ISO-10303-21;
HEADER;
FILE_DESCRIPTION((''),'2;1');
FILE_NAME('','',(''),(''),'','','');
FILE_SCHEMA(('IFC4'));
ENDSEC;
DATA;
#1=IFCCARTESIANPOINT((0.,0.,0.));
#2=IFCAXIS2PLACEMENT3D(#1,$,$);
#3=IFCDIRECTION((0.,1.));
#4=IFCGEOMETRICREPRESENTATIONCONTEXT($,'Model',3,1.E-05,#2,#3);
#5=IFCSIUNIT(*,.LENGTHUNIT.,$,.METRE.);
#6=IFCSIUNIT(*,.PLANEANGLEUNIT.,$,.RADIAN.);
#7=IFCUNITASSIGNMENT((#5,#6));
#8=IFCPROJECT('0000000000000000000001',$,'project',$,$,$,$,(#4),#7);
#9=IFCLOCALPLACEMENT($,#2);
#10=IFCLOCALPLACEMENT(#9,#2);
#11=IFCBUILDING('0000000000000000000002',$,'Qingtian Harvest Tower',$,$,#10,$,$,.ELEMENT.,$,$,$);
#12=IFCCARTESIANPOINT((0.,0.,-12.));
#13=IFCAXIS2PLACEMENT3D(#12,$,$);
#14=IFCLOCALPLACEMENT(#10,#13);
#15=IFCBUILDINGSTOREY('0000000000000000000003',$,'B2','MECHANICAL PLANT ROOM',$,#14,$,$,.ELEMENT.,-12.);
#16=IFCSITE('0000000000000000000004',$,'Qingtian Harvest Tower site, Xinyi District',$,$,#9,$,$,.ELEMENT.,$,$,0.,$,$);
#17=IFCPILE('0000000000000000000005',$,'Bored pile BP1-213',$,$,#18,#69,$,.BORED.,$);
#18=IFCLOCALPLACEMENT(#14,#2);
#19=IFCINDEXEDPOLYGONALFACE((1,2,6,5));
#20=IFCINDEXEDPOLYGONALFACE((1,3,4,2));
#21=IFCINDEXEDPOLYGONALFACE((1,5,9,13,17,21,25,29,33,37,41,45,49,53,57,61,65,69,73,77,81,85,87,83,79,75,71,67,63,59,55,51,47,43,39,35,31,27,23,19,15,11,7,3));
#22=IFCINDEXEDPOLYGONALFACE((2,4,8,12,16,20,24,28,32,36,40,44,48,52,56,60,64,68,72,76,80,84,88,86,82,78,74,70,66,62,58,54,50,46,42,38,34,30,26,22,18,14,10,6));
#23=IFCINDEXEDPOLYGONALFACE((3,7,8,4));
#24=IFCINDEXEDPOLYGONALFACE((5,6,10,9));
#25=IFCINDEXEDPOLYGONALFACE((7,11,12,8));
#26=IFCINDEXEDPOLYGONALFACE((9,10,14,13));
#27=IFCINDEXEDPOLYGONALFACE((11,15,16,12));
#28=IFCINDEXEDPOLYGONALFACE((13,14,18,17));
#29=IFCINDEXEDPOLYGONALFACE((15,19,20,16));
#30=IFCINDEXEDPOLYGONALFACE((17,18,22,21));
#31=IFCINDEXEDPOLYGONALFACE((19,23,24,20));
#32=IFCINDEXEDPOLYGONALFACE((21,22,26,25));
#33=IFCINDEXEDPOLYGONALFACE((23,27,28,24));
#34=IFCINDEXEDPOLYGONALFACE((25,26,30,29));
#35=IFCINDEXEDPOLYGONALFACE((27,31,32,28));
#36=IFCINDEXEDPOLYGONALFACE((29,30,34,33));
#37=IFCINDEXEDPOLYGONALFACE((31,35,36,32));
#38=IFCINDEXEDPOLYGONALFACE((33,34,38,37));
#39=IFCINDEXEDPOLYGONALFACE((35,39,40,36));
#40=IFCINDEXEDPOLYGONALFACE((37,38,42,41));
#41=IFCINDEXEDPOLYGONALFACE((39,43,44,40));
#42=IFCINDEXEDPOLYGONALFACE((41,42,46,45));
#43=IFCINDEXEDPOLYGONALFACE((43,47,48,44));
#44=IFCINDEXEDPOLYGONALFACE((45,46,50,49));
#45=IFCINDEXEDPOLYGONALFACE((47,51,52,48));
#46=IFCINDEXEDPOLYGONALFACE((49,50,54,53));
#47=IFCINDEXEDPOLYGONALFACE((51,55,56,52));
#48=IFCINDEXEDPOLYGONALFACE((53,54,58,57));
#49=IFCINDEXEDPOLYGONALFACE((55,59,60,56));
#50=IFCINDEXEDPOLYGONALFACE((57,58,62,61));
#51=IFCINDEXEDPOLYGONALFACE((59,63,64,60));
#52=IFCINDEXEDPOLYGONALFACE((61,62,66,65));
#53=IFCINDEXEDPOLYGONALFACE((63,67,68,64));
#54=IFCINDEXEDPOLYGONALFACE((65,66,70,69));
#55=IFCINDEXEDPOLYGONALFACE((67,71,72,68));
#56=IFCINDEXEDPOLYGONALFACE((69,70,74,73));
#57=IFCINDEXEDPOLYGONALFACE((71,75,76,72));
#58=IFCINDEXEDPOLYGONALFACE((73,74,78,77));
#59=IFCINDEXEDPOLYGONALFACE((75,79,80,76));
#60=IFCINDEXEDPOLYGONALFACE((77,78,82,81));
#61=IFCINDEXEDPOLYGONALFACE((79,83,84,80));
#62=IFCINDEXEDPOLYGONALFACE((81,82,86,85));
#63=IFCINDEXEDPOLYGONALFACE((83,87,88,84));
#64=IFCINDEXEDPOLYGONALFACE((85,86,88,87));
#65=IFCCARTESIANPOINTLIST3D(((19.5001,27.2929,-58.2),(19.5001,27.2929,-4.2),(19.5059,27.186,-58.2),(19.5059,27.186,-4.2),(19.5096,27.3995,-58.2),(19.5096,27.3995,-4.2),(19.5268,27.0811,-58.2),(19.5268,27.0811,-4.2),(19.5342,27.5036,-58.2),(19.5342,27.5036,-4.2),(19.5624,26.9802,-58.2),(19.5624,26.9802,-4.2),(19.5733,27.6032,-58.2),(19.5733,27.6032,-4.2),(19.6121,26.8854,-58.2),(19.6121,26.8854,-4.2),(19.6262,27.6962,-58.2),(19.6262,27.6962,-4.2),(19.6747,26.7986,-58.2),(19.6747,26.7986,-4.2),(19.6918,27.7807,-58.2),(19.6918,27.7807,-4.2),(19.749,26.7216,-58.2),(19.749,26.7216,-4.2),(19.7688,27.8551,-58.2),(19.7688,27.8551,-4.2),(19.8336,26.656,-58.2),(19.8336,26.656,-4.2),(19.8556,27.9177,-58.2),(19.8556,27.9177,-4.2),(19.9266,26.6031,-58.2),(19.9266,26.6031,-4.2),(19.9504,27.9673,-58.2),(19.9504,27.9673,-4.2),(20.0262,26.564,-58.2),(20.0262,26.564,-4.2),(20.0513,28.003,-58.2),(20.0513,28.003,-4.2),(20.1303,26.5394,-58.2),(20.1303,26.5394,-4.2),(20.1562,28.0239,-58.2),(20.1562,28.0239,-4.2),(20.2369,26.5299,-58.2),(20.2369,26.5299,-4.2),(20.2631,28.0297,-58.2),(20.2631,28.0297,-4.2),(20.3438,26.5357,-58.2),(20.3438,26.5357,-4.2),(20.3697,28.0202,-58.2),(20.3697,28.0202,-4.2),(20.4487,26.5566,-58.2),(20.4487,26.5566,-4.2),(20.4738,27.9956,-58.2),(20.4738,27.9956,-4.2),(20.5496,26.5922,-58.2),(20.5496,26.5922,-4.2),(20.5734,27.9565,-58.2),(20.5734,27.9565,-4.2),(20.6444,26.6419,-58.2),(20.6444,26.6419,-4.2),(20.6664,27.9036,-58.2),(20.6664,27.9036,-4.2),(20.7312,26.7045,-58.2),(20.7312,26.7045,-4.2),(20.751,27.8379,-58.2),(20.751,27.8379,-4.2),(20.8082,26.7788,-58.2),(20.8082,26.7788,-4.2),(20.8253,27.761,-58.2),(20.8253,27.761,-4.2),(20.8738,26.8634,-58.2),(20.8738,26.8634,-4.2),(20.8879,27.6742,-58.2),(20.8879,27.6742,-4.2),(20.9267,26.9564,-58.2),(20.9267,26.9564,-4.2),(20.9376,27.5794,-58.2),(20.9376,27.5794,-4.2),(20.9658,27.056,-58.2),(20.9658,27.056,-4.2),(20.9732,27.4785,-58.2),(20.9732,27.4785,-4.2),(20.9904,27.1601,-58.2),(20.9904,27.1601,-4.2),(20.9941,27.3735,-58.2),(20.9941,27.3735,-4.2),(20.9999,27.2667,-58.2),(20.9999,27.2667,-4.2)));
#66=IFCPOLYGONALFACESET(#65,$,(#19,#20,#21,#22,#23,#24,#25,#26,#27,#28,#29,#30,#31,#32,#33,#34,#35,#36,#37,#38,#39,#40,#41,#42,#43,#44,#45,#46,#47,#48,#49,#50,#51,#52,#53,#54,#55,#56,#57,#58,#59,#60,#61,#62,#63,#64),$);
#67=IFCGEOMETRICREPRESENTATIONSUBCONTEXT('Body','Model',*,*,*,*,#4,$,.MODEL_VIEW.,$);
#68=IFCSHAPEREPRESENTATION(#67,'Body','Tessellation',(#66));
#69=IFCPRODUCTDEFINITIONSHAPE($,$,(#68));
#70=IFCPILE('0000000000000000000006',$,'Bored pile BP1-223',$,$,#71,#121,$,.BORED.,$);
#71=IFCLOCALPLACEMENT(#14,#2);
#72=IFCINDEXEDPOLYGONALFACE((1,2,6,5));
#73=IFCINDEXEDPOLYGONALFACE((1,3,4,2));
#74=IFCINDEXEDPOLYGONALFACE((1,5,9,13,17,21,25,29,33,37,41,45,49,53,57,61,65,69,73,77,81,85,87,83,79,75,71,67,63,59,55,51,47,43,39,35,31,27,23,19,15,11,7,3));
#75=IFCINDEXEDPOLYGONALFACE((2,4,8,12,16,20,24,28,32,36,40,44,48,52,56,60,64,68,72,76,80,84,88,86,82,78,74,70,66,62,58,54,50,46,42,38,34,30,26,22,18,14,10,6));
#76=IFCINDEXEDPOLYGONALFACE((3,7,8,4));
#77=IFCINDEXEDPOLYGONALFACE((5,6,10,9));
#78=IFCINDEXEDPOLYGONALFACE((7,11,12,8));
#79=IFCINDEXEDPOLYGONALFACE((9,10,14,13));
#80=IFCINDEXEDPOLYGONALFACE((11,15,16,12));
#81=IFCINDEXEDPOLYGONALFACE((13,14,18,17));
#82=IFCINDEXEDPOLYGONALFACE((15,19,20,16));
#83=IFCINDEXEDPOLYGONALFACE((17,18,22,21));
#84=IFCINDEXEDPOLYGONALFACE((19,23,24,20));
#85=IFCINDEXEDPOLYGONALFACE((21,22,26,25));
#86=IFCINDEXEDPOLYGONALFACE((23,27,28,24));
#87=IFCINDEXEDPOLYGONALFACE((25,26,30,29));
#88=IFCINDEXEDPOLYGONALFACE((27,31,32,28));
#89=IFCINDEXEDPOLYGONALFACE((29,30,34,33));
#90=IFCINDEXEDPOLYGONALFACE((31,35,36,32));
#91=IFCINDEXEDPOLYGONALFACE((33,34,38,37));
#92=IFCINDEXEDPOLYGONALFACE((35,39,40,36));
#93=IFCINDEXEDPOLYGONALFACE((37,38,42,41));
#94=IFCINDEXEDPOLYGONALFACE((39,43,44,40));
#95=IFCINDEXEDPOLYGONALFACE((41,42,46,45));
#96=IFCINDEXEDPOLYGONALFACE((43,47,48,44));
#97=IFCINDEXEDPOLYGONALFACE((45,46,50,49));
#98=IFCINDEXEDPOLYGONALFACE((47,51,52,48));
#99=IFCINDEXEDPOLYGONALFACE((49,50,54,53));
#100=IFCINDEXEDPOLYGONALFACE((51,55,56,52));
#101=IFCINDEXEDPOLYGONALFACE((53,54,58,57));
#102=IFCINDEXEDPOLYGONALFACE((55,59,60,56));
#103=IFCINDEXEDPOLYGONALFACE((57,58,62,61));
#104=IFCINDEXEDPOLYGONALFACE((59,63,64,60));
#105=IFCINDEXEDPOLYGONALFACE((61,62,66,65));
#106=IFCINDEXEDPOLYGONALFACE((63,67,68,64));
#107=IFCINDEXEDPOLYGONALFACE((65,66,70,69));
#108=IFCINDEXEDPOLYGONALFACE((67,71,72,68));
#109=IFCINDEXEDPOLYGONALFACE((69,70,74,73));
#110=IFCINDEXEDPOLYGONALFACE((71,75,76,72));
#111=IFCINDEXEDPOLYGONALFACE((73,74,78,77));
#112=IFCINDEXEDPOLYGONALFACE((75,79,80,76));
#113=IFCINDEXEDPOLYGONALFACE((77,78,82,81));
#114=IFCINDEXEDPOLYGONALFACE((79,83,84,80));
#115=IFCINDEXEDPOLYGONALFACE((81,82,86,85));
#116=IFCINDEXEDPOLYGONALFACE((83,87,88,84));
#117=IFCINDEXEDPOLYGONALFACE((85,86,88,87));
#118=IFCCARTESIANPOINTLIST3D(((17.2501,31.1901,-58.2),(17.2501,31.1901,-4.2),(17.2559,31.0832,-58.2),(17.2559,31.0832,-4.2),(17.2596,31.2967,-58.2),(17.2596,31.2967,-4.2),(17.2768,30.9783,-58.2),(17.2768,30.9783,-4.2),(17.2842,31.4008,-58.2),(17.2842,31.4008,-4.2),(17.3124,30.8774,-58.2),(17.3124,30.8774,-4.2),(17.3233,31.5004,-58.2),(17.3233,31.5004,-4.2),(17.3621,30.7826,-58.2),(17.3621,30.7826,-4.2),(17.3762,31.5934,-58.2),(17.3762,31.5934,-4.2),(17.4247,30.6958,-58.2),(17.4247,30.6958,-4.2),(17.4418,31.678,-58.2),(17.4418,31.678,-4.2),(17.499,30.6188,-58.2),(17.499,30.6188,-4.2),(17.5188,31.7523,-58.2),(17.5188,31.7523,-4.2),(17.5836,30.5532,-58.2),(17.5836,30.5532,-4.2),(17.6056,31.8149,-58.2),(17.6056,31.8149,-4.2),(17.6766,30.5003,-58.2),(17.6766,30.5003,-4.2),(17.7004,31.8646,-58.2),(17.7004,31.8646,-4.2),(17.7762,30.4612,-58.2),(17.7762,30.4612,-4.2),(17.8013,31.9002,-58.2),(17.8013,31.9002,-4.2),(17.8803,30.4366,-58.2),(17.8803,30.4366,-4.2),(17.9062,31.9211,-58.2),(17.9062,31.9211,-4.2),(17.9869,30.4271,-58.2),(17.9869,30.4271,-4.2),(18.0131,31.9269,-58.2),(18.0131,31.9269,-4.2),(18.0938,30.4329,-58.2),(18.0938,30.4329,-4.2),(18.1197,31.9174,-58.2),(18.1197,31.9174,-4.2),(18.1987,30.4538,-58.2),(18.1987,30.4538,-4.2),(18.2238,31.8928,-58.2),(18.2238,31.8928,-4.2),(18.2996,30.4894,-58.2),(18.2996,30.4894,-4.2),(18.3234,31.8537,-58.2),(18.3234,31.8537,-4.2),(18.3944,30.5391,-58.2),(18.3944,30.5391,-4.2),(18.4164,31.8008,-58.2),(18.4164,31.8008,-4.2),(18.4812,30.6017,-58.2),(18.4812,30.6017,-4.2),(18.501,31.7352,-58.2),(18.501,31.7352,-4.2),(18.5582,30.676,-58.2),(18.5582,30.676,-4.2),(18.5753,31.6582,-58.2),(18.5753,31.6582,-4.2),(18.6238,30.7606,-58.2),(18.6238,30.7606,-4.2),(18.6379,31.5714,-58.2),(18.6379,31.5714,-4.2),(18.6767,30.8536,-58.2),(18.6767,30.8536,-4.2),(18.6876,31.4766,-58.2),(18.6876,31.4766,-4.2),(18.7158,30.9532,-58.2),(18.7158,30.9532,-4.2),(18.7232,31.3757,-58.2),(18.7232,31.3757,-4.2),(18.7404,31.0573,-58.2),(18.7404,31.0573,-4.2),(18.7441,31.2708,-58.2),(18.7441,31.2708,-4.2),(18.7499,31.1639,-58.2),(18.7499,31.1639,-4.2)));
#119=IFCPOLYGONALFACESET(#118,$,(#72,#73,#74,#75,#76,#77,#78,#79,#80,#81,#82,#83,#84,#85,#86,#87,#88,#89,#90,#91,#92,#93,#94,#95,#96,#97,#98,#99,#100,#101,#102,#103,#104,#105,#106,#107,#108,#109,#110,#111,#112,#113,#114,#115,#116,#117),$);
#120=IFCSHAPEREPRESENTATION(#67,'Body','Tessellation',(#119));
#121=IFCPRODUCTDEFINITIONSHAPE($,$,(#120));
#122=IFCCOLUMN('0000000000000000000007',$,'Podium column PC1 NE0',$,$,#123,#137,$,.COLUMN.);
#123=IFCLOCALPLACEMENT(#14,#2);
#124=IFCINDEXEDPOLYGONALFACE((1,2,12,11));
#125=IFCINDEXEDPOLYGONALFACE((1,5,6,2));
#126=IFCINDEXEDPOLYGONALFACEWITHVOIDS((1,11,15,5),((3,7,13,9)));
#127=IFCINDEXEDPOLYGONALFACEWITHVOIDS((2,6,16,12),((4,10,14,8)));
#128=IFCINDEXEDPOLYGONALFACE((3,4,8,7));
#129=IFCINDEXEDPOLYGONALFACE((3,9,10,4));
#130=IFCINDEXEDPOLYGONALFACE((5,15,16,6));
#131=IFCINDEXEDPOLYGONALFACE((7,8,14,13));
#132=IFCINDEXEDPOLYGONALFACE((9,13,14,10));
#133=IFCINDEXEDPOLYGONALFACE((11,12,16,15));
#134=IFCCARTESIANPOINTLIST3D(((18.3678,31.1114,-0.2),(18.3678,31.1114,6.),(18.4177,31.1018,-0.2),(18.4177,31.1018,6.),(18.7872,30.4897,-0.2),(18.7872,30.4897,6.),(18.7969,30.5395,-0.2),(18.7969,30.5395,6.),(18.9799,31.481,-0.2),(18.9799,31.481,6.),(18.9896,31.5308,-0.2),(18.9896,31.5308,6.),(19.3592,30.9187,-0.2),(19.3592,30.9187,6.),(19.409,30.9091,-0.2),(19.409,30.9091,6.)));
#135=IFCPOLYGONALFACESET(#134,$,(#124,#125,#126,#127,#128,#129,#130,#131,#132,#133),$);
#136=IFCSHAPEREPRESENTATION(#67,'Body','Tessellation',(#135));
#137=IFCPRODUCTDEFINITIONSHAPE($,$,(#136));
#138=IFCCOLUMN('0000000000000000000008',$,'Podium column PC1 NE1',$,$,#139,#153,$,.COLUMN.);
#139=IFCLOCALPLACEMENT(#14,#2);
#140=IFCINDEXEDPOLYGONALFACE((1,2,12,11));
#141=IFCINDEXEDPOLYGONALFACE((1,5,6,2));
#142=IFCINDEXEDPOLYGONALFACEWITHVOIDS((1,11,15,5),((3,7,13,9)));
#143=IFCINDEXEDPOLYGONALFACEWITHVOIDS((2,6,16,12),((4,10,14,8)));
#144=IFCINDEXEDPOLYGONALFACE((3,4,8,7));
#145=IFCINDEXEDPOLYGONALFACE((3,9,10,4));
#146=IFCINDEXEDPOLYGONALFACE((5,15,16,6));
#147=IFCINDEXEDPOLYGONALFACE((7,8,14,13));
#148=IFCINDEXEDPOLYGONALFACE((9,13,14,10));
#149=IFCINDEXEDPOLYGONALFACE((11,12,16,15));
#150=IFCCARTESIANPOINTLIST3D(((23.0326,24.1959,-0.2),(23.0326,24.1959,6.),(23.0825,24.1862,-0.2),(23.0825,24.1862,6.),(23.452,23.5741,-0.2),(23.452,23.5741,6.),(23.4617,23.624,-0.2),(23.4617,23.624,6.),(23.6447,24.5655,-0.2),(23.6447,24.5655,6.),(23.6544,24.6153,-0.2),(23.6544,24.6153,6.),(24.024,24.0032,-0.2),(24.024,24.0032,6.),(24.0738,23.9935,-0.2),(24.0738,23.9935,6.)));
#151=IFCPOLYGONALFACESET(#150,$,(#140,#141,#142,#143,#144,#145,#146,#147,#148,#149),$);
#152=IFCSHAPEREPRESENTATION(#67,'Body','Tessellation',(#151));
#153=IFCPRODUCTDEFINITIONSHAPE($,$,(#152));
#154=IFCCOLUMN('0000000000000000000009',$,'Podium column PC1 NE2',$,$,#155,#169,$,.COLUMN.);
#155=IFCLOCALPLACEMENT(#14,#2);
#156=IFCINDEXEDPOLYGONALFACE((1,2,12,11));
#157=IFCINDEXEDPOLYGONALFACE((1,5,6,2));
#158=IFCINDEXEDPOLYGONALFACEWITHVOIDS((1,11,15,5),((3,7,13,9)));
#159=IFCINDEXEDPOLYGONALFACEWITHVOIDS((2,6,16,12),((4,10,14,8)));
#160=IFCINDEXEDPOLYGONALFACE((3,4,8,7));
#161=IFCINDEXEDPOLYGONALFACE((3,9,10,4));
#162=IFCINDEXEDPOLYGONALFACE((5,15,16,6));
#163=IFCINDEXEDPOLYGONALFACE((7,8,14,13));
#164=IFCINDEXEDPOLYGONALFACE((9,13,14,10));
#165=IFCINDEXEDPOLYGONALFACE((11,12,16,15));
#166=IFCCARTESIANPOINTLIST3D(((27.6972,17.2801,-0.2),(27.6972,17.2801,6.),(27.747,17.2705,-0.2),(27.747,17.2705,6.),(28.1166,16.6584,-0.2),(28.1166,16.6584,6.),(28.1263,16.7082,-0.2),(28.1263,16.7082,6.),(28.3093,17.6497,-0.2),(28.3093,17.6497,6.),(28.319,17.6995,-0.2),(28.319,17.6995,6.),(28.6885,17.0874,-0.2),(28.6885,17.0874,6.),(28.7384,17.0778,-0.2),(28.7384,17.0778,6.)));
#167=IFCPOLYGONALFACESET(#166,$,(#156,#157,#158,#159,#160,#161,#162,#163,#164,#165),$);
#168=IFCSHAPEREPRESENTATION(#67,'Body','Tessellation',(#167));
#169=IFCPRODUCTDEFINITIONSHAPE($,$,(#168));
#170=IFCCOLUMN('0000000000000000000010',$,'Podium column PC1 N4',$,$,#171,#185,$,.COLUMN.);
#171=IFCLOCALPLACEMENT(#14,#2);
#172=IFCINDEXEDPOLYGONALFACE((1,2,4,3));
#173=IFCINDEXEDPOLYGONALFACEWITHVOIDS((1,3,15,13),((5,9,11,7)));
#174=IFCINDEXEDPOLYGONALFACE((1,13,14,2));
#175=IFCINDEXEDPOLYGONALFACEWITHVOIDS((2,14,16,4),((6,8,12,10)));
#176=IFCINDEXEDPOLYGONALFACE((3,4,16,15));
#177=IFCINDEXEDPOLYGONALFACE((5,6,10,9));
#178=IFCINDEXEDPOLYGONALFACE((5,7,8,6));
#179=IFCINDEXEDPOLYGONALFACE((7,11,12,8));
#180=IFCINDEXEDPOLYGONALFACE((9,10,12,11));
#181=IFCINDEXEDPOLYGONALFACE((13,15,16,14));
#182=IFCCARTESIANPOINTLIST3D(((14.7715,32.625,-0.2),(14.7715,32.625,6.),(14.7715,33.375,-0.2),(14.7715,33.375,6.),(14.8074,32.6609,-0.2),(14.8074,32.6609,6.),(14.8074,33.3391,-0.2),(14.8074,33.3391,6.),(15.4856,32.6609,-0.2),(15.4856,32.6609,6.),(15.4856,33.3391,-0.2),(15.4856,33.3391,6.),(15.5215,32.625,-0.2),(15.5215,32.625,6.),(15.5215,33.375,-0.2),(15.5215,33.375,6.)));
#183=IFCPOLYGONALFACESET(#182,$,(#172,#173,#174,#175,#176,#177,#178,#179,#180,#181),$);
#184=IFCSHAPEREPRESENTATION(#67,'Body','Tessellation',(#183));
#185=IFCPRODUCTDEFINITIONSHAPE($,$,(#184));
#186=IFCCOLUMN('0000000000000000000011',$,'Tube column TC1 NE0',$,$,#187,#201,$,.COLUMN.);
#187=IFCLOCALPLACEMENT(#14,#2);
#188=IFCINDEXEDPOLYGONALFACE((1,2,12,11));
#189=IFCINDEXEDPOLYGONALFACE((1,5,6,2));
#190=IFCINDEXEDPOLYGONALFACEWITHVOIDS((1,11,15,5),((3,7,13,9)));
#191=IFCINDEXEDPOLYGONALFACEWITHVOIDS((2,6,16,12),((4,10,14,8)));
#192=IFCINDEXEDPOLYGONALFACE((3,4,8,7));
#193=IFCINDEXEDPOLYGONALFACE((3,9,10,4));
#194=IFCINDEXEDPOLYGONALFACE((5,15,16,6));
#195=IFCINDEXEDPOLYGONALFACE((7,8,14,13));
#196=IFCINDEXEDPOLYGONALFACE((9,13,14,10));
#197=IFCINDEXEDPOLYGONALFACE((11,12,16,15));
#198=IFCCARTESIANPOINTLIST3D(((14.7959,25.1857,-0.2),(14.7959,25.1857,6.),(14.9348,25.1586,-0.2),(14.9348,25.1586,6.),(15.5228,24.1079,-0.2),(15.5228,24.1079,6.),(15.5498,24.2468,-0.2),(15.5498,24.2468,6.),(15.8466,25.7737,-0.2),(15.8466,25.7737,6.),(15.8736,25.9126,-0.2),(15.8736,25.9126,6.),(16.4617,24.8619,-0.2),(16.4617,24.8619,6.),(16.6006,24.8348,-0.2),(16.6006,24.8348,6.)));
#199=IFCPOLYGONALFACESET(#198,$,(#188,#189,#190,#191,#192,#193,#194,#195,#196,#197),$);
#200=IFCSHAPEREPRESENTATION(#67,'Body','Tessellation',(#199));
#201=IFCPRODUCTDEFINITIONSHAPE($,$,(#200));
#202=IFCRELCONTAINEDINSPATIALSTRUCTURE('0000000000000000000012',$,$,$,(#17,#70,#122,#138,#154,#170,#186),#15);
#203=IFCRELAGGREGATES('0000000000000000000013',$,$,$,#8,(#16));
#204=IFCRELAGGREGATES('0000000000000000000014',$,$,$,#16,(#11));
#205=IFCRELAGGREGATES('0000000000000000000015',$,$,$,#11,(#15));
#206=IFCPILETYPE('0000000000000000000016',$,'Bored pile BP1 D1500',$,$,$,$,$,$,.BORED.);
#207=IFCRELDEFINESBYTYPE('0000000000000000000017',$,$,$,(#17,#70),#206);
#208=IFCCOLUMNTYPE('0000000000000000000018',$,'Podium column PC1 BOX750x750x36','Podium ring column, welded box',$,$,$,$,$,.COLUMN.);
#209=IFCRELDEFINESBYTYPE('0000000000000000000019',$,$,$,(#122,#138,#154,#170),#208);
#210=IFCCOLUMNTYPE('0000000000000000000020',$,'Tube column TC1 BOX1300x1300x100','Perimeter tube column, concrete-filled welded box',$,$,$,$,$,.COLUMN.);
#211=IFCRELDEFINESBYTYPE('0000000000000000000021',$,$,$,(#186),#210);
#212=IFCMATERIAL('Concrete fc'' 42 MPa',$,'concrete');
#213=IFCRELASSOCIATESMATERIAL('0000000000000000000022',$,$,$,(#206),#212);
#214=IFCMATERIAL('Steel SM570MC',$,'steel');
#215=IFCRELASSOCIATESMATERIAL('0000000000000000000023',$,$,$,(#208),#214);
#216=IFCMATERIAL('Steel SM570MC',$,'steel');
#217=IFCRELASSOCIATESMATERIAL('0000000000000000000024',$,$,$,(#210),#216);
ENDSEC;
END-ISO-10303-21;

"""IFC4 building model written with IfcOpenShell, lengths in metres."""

from ifc_helpers import new_model, si_unit, direction, frame, frame_2d, origin, origin_2d, place, context, subcontext, project, spatial, hollow_rectangle, circle, extrude, material, material_profile, profile_set, type_object, element, save


model = new_model("IFC4")

# Units and contexts
model_context = context("Model", 3, precision=1e-05, world=origin(), true_north=direction((0.0, 1.0)))
body_context = subcontext(model_context, "Body", "Model", "MODEL_VIEW")
ifc_project = project(units=[si_unit("LENGTHUNIT", "METRE"), si_unit("PLANEANGLEUNIT", "RADIAN")], contexts=[model_context])

# Site, building, storey
site_placement = place(None, origin())
site = spatial("IfcSite", under=ifc_project, at=site_placement, Name="Qingtian Harvest Tower site, Xinyi District", CompositionType="ELEMENT", RefElevation=0.0)
building_placement = place(site_placement, origin())
building = spatial("IfcBuilding", under=site, at=building_placement, Name="Qingtian Harvest Tower", CompositionType="ELEMENT")
storey_placement = place(building_placement, frame((0.0, 0.0, -12.0)))
storey = spatial("IfcBuildingStorey", under=building, at=storey_placement, Name="B2", Description="MECHANICAL PLANT ROOM", CompositionType="ELEMENT", Elevation=-12.0)

# Piles
ifc_material_1 = material(Name="Concrete fc' 42 MPa", Category="concrete")
ifc_material_profile_1 = material_profile(ifc_material_1, circle(Radius=0.75, at=frame_2d((0.0, 0.0), x_axis=(0.999848, 0.017452))), Name="Bored pile BP1 D1500")
ifc_profile_set_1 = profile_set([ifc_material_profile_1], Name="Concrete fc' 42 MPa")
pile_type = type_object("IfcPileType", Name="Bored pile BP1 D1500", PredefinedType="BORED", material=ifc_profile_set_1)
for number, where, z_axis, x_axis, name in (
    (1, (20.25, 27.2798, -4.2), (0.0, 0.0, -1.0), (1.0, 0.0, 0.0), "Bored pile BP1-213"),
    (2, (18.0, 31.177, -4.2), (0.0, 0.0, -1.0), (1.0, 0.0, 0.0), "Bored pile BP1-223"),
):
    element("IfcPile", number, at=place(storey_placement, frame(where, z_axis=z_axis, x_axis=x_axis)), inside=storey, type_object=pile_type, Name=name, PredefinedType="BORED", context=body_context, shape_type="SweptSolid", body=[
        extrude(circle(Radius=0.75, at=frame_2d((0.0, 0.0), x_axis=(0.999848, 0.017452))), origin(), (0.0, 0.0, 1.0), 54.0),
    ])

# Columns
ifc_material_2 = material(Name="Steel SM570MC", Category="steel")
ifc_material_profile_2 = material_profile(ifc_material_2, hollow_rectangle(XDim=0.75, YDim=0.75, WallThickness=0.0359, at=origin_2d()), Name="BOX750x750x36")
ifc_profile_set_2 = profile_set([ifc_material_profile_2], Name="Steel SM570MC")
column_type_1 = type_object("IfcColumnType", Name="Podium column PC1 BOX750x750x36", Description="Podium ring column, welded box", PredefinedType="COLUMN", material=ifc_profile_set_2)
for number, where, z_axis, x_axis, name in (
    (3, (18.8884, 31.0103, -0.2), (0.0, 0.0, 1.0), (-0.559193, 0.829038, 0.0), "Podium column PC1 NE0"),
    (4, (23.5532, 24.0947, -0.2), (0.0, 0.0, 1.0), (-0.559193, 0.829038, 0.0), "Podium column PC1 NE1"),
    (5, (28.2178, 17.179, -0.2), (0.0, 0.0, 1.0), (-0.559193, 0.829038, 0.0), "Podium column PC1 NE2"),
    (6, (15.1465, 33.0, -0.2), (0.0, 0.0, 1.0), (-1.0, 0.0, 0.0), "Podium column PC1 N4"),
):
    element("IfcColumn", number, at=place(storey_placement, frame(where, z_axis=z_axis, x_axis=x_axis)), inside=storey, type_object=column_type_1, Name=name, PredefinedType="COLUMN", context=body_context, shape_type="SweptSolid", body=[
        extrude(hollow_rectangle(XDim=0.75, YDim=0.75, WallThickness=0.0359, at=origin_2d()), origin(), (0.0, 0.0, 1.0), 6.2),
    ])
ifc_material_3 = material(Name="Steel SM570MC", Category="steel")
ifc_material_profile_3 = material_profile(ifc_material_3, hollow_rectangle(XDim=1.3, YDim=1.3, WallThickness=0.1001, at=origin_2d()), Name="BOX1300x1300x100")
ifc_profile_set_3 = profile_set([ifc_material_profile_3], Name="Steel SM570MC")
column_type_2 = type_object("IfcColumnType", Name="Tube column TC1 BOX1300x1300x100", Description="Perimeter tube column, concrete-filled welded box", PredefinedType="COLUMN", material=ifc_profile_set_3)
for number, where, z_axis, x_axis, name in (
    (7, (15.6982, 25.0103, -0.2), (0.0, 0.0, 1.0), (-0.559193, 0.829038, 0.0), "Tube column TC1 NE0"),
):
    element("IfcColumn", number, at=place(storey_placement, frame(where, z_axis=z_axis, x_axis=x_axis)), inside=storey, type_object=column_type_2, Name=name, PredefinedType="COLUMN", context=body_context, shape_type="SweptSolid", body=[
        extrude(hollow_rectangle(XDim=1.3, YDim=1.3, WallThickness=0.1001, at=origin_2d()), origin(), (0.0, 0.0, 1.0), 6.2),
    ])

save(model, "model.ifc")
